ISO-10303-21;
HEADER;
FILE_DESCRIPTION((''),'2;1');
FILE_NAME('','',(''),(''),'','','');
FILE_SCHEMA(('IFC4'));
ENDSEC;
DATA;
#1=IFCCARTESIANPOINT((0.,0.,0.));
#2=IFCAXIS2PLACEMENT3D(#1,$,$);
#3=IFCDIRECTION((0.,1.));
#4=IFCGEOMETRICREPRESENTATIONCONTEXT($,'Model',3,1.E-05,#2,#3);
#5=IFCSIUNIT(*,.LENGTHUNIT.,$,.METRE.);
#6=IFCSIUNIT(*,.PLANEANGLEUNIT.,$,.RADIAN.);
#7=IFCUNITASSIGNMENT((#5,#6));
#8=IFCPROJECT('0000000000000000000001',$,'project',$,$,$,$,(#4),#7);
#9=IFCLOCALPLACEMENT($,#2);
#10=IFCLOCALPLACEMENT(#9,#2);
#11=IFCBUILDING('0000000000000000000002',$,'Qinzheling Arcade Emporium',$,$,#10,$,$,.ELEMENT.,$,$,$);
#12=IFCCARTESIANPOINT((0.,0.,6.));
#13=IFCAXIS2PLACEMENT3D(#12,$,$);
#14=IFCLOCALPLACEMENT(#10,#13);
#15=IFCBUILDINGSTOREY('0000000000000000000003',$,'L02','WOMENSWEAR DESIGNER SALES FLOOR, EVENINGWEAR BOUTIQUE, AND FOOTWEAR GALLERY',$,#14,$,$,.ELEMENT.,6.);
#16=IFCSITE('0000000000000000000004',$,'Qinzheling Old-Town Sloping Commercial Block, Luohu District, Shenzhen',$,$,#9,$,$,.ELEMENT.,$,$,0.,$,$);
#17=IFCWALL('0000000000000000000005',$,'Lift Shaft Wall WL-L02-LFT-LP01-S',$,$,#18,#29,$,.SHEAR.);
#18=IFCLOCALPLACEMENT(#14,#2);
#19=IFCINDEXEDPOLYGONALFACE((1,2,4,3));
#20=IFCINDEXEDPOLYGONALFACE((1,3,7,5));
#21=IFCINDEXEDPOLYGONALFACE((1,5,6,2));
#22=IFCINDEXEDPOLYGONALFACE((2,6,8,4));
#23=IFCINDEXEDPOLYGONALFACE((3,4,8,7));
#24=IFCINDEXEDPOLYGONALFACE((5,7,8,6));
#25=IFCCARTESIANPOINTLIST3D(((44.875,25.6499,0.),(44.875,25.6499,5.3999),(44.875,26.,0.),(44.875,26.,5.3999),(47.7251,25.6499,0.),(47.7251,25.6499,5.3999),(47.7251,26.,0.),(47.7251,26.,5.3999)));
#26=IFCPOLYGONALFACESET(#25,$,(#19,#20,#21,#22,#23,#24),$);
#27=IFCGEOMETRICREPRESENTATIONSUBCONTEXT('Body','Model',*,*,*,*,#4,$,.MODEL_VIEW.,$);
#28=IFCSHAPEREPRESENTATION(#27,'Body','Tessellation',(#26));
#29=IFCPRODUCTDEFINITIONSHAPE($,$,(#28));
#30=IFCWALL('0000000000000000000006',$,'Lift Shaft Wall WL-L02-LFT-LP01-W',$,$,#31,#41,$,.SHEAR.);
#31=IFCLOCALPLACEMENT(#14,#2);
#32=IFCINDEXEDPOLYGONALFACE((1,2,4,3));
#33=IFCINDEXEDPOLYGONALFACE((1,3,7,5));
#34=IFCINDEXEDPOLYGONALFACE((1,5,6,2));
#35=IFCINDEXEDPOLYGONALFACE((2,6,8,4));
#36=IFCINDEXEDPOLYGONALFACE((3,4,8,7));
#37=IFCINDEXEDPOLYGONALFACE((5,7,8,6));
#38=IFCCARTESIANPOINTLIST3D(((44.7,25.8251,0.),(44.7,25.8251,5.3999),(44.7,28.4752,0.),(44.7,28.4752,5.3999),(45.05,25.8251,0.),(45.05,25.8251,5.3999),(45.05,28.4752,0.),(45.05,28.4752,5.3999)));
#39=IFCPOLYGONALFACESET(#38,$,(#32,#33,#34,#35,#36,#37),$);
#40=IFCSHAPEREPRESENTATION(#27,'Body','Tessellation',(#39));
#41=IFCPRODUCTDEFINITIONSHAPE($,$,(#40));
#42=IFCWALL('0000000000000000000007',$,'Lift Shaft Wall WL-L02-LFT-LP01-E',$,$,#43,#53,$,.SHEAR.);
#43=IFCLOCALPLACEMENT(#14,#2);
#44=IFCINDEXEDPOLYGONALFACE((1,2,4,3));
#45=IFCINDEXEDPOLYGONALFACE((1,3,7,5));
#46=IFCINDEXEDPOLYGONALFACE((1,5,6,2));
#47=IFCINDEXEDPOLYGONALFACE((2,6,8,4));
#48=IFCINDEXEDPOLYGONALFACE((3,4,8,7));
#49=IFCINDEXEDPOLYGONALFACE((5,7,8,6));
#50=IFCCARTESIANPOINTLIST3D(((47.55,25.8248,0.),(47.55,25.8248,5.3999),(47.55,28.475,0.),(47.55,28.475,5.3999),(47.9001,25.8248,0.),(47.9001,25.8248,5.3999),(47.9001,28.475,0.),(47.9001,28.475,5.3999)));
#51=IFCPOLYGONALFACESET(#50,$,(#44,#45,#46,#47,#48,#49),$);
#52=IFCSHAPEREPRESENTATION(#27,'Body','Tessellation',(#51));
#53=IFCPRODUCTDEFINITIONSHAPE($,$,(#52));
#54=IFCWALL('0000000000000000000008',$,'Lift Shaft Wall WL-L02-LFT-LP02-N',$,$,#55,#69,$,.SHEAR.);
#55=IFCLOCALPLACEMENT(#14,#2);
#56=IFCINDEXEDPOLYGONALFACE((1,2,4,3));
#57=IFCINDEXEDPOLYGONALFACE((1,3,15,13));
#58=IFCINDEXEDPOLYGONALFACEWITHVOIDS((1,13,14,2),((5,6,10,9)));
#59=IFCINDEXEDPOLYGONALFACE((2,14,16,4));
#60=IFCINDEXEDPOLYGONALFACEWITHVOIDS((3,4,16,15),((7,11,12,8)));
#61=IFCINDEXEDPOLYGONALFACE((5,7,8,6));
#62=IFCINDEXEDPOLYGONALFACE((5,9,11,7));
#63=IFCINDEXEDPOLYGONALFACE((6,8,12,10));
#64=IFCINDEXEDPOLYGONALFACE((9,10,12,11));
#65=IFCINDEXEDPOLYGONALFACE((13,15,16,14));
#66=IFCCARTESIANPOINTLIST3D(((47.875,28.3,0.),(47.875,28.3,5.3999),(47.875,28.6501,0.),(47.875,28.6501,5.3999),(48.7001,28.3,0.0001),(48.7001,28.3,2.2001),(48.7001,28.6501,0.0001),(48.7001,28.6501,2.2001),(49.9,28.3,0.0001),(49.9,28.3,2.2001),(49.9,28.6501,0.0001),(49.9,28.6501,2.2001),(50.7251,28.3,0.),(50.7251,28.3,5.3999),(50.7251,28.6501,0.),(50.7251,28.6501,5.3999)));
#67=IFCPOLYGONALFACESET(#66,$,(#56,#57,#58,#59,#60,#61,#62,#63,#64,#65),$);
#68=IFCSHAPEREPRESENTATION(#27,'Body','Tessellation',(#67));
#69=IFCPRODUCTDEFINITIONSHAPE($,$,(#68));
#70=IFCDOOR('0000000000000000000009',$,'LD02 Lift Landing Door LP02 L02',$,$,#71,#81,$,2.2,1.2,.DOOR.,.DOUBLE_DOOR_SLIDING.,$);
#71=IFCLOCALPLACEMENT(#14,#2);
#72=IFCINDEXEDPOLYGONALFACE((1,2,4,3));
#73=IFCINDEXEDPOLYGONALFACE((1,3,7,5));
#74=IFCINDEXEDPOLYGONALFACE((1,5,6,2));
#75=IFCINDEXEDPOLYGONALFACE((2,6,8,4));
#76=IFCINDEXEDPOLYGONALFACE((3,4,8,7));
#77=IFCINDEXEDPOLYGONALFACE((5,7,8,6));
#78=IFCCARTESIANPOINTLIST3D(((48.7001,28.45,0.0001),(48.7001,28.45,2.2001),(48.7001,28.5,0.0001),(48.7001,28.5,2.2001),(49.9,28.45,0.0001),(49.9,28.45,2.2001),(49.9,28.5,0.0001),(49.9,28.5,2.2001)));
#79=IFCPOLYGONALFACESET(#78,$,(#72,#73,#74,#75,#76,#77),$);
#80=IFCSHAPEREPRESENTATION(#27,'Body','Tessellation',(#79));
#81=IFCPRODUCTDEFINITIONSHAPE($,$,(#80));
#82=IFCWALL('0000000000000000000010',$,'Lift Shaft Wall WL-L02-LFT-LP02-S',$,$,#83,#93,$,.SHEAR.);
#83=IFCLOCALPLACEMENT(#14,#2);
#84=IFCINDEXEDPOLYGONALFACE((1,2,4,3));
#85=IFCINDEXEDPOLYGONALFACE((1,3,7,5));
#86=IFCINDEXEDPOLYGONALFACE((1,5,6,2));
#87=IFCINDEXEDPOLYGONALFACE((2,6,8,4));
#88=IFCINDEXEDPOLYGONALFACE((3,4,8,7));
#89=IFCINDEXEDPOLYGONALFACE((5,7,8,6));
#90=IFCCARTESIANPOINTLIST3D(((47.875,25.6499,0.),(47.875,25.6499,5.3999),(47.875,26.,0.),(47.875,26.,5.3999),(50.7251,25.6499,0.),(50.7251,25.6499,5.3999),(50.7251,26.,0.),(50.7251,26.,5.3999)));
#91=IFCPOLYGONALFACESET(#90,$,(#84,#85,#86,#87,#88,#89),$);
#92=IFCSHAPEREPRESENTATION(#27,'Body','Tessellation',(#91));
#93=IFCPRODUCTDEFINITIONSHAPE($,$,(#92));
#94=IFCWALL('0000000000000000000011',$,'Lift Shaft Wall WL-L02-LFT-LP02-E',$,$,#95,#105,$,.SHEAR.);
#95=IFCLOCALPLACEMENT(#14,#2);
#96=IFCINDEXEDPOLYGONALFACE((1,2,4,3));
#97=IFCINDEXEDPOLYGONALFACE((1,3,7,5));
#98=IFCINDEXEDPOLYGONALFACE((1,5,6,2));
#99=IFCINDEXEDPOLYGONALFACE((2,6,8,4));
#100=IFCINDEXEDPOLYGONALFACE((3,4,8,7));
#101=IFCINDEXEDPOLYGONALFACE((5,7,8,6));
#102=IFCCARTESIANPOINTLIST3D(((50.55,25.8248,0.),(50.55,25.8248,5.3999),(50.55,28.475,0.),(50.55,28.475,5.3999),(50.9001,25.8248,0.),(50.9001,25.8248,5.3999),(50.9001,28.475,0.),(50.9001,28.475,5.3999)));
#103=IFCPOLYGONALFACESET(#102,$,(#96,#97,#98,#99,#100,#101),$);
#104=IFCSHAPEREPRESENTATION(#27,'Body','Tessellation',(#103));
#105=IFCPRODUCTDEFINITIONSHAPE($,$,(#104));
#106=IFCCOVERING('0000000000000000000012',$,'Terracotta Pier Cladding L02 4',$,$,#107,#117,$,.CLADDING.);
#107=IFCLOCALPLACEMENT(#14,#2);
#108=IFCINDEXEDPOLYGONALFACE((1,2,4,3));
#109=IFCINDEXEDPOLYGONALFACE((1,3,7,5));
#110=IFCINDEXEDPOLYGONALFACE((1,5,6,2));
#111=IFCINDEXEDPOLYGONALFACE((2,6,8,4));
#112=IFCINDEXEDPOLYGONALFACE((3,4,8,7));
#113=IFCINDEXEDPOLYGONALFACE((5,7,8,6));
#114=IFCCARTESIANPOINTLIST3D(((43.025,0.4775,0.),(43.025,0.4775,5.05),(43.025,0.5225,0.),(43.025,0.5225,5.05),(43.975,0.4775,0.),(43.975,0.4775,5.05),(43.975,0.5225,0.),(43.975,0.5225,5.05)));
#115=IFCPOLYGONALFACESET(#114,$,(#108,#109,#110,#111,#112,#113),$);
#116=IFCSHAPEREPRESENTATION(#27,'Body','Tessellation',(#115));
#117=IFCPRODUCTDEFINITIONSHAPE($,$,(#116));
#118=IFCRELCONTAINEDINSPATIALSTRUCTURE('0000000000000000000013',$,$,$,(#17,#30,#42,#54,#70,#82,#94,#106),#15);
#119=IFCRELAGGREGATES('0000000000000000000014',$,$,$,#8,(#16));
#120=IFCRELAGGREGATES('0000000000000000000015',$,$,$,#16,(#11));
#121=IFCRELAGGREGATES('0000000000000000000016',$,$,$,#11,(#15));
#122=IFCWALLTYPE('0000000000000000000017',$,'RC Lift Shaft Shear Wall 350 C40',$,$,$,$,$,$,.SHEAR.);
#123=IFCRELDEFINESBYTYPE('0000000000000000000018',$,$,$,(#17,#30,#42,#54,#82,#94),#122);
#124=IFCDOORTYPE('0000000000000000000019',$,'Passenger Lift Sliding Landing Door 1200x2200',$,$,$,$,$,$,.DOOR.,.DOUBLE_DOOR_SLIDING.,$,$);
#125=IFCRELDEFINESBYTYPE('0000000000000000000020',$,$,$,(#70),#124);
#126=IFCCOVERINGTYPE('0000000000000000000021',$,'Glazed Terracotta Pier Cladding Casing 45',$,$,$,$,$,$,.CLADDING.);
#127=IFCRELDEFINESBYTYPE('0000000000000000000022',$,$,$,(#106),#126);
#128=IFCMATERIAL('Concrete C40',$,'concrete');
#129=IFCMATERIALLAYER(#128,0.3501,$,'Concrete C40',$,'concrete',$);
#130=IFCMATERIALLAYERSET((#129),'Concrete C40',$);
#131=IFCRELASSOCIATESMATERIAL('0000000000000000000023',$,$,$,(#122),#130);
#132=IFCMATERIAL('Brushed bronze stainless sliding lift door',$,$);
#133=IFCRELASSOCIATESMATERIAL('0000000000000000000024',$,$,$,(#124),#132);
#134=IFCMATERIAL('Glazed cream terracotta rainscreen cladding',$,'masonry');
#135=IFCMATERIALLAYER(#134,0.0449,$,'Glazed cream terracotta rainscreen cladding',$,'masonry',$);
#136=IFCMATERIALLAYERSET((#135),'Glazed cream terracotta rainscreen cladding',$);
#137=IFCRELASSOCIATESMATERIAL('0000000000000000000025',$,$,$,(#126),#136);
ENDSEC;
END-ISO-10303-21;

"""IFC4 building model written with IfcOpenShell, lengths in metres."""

from ifc_helpers import new_model, si_unit, direction, frame, frame_2d, origin, origin_2d, place, context, subcontext, project, spatial, rectangle, extrude, material, layer, layer_set, type_object, element, fill, save


model = new_model("IFC4")

# Units and contexts
model_context = context("Model", 3, precision=1e-05, world=origin(), true_north=direction((0.0, 1.0)))
body_context = subcontext(model_context, "Body", "Model", "MODEL_VIEW")
ifc_project = project(units=[si_unit("LENGTHUNIT", "METRE"), si_unit("PLANEANGLEUNIT", "RADIAN")], contexts=[model_context])

# Site, building, storey
site_placement = place(None, origin())
site = spatial("IfcSite", under=ifc_project, at=site_placement, Name="Qinzheling Old-Town Sloping Commercial Block, Luohu District, Shenzhen", CompositionType="ELEMENT", RefElevation=0.0)
building_placement = place(site_placement, origin())
building = spatial("IfcBuilding", under=site, at=building_placement, Name="Qinzheling Arcade Emporium", CompositionType="ELEMENT")
storey_placement = place(building_placement, frame((0.0, 0.0, 6.0)))
storey = spatial("IfcBuildingStorey", under=building, at=storey_placement, Name="L02", Description="WOMENSWEAR DESIGNER SALES FLOOR, EVENINGWEAR BOUTIQUE, AND FOOTWEAR GALLERY", CompositionType="ELEMENT", Elevation=6.0)

# Shared definitions
ifc_material_1 = material(Name="Concrete C40", Category="concrete")

# Shared definitions
ifc_layer_1 = layer(ifc_material_1, 0.3501, Name="Concrete C40", Category="concrete")
ifc_layer_set_1 = layer_set([ifc_layer_1], Name="Concrete C40")
wall_type = type_object("IfcWallType", Name="RC Lift Shaft Shear Wall 350 C40", PredefinedType="SHEAR", material=ifc_layer_set_1)
ifc_material_2 = material(Name="Brushed bronze stainless sliding lift door")
door_type = type_object("IfcDoorType", Name="Passenger Lift Sliding Landing Door 1200x2200", OperationType="DOUBLE_DOOR_SLIDING", PredefinedType="DOOR", material=ifc_material_2)

# Walls
wall_1_placement = place(storey_placement, frame((47.7251, 25.825, 0.0), z_axis=(0.0, 0.0, 1.0), x_axis=(-1.0, 0.0, 0.0)))
element("IfcWall", 1, at=wall_1_placement, inside=storey, type_object=wall_type, Name="Lift Shaft Wall WL-L02-LFT-LP01-S", PredefinedType="SHEAR", context=body_context, shape_type="SweptSolid", body=[
    extrude(rectangle(XDim=2.8501, YDim=0.3501, at=frame_2d((1.425, 0.0))), origin(), (0.0, 0.0, 1.0), 5.3999),
])
for number, where, z_axis, x_axis, name in (
    (2, (44.875, 25.825, 0.0), (0.0, 0.0, 1.0), (0.0, 1.0, 0.0), "Lift Shaft Wall WL-L02-LFT-LP01-W"),
    (3, (47.7251, 28.4751, 0.0), (0.0, 0.0, 1.0), (0.0, -1.0, 0.0), "Lift Shaft Wall WL-L02-LFT-LP01-E"),
):
    element("IfcWall", number, at=place(storey_placement, frame(where, z_axis=z_axis, x_axis=x_axis)), inside=storey, type_object=wall_type, Name=name, PredefinedType="SHEAR", context=body_context, shape_type="SweptSolid", body=[
        extrude(rectangle(XDim=2.6501, YDim=0.3501, at=frame_2d((1.3252, 0.0))), origin(), (0.0, 0.0, 1.0), 5.3999),
    ])

# Wall, opening, door
wall_2_placement = place(storey_placement, frame((47.875, 28.4751, 0.0), z_axis=(0.0, 0.0, 1.0), x_axis=(1.0, 0.0, 0.0)))
wall_2 = element("IfcWall", 4, at=wall_2_placement, inside=storey, type_object=wall_type, Name="Lift Shaft Wall WL-L02-LFT-LP02-N", PredefinedType="SHEAR", context=body_context, shape_type="SweptSolid", body=[
    extrude(rectangle(XDim=2.8501, YDim=0.3501, at=frame_2d((1.425, 0.0))), origin(), (0.0, 0.0, 1.0), 5.3999),
])
opening_1_placement = place(wall_2_placement, frame((0.825, 0.0, 0.0)))
opening_1 = element("IfcOpeningElement", 5, at=opening_1_placement, cuts=wall_2, PredefinedType="OPENING", context=body_context, shape_type="SweptSolid", body=[
    extrude(rectangle(XDim=1.2, YDim=2.2, at=frame_2d((0.6001, 1.1001))), frame((0.0, 0.1851, 0.0), z_axis=(0.0, -1.0, 0.0), x_axis=(1.0, 0.0, 0.0)), (0.0, 0.0, 1.0), 0.3701),
])
door_1_placement = place(opening_1_placement, origin())
door_1 = element("IfcDoor", 6, at=door_1_placement, inside=storey, type_object=door_type, Name="LD02 Lift Landing Door LP02 L02", OperationType="DOUBLE_DOOR_SLIDING", OverallHeight=2.2, OverallWidth=1.2, PredefinedType="DOOR", context=body_context, shape_type="SweptSolid", body=[
    extrude(rectangle(XDim=1.2, YDim=2.2, at=frame_2d((0.6001, 1.1001))), frame((0.0, 0.0249, 0.0), z_axis=(0.0, -1.0, 0.0), x_axis=(1.0, 0.0, 0.0)), (0.0, 0.0, 1.0), 0.05),
])
fill(opening_1, door_1)

# Walls
wall_3_placement = place(storey_placement, frame((50.7251, 25.825, 0.0), z_axis=(0.0, 0.0, 1.0), x_axis=(-1.0, 0.0, 0.0)))
element("IfcWall", 7, at=wall_3_placement, inside=storey, type_object=wall_type, Name="Lift Shaft Wall WL-L02-LFT-LP02-S", PredefinedType="SHEAR", context=body_context, shape_type="SweptSolid", body=[
    extrude(rectangle(XDim=2.8501, YDim=0.3501, at=frame_2d((1.425, 0.0))), origin(), (0.0, 0.0, 1.0), 5.3999),
])
wall_4_placement = place(storey_placement, frame((50.7251, 28.4751, 0.0), z_axis=(0.0, 0.0, 1.0), x_axis=(0.0, -1.0, 0.0)))
element("IfcWall", 8, at=wall_4_placement, inside=storey, type_object=wall_type, Name="Lift Shaft Wall WL-L02-LFT-LP02-E", PredefinedType="SHEAR", context=body_context, shape_type="SweptSolid", body=[
    extrude(rectangle(XDim=2.6501, YDim=0.3501, at=frame_2d((1.3252, 0.0))), origin(), (0.0, 0.0, 1.0), 5.3999),
])

# Covering
ifc_material_3 = material(Name="Glazed cream terracotta rainscreen cladding", Category="masonry")
ifc_layer_2 = layer(ifc_material_3, 0.0449, Name="Glazed cream terracotta rainscreen cladding", Category="masonry")
ifc_layer_set_2 = layer_set([ifc_layer_2], Name="Glazed cream terracotta rainscreen cladding")
covering_type = type_object("IfcCoveringType", Name="Glazed Terracotta Pier Cladding Casing 45", PredefinedType="CLADDING", material=ifc_layer_set_2)
covering_placement = place(storey_placement, frame((43.5, 0.5, 0.0), z_axis=(0.0, 0.0, 1.0), x_axis=(1.0, 0.0, 0.0)))
element("IfcCovering", 9, at=covering_placement, inside=storey, type_object=covering_type, Name="Terracotta Pier Cladding L02 4", PredefinedType="CLADDING", context=body_context, shape_type="SweptSolid", body=[
    extrude(rectangle(XDim=0.95, YDim=0.0449, at=origin_2d()), origin(), (0.0, 0.0, 1.0), 5.05),
])

save(model, "model.ifc")
